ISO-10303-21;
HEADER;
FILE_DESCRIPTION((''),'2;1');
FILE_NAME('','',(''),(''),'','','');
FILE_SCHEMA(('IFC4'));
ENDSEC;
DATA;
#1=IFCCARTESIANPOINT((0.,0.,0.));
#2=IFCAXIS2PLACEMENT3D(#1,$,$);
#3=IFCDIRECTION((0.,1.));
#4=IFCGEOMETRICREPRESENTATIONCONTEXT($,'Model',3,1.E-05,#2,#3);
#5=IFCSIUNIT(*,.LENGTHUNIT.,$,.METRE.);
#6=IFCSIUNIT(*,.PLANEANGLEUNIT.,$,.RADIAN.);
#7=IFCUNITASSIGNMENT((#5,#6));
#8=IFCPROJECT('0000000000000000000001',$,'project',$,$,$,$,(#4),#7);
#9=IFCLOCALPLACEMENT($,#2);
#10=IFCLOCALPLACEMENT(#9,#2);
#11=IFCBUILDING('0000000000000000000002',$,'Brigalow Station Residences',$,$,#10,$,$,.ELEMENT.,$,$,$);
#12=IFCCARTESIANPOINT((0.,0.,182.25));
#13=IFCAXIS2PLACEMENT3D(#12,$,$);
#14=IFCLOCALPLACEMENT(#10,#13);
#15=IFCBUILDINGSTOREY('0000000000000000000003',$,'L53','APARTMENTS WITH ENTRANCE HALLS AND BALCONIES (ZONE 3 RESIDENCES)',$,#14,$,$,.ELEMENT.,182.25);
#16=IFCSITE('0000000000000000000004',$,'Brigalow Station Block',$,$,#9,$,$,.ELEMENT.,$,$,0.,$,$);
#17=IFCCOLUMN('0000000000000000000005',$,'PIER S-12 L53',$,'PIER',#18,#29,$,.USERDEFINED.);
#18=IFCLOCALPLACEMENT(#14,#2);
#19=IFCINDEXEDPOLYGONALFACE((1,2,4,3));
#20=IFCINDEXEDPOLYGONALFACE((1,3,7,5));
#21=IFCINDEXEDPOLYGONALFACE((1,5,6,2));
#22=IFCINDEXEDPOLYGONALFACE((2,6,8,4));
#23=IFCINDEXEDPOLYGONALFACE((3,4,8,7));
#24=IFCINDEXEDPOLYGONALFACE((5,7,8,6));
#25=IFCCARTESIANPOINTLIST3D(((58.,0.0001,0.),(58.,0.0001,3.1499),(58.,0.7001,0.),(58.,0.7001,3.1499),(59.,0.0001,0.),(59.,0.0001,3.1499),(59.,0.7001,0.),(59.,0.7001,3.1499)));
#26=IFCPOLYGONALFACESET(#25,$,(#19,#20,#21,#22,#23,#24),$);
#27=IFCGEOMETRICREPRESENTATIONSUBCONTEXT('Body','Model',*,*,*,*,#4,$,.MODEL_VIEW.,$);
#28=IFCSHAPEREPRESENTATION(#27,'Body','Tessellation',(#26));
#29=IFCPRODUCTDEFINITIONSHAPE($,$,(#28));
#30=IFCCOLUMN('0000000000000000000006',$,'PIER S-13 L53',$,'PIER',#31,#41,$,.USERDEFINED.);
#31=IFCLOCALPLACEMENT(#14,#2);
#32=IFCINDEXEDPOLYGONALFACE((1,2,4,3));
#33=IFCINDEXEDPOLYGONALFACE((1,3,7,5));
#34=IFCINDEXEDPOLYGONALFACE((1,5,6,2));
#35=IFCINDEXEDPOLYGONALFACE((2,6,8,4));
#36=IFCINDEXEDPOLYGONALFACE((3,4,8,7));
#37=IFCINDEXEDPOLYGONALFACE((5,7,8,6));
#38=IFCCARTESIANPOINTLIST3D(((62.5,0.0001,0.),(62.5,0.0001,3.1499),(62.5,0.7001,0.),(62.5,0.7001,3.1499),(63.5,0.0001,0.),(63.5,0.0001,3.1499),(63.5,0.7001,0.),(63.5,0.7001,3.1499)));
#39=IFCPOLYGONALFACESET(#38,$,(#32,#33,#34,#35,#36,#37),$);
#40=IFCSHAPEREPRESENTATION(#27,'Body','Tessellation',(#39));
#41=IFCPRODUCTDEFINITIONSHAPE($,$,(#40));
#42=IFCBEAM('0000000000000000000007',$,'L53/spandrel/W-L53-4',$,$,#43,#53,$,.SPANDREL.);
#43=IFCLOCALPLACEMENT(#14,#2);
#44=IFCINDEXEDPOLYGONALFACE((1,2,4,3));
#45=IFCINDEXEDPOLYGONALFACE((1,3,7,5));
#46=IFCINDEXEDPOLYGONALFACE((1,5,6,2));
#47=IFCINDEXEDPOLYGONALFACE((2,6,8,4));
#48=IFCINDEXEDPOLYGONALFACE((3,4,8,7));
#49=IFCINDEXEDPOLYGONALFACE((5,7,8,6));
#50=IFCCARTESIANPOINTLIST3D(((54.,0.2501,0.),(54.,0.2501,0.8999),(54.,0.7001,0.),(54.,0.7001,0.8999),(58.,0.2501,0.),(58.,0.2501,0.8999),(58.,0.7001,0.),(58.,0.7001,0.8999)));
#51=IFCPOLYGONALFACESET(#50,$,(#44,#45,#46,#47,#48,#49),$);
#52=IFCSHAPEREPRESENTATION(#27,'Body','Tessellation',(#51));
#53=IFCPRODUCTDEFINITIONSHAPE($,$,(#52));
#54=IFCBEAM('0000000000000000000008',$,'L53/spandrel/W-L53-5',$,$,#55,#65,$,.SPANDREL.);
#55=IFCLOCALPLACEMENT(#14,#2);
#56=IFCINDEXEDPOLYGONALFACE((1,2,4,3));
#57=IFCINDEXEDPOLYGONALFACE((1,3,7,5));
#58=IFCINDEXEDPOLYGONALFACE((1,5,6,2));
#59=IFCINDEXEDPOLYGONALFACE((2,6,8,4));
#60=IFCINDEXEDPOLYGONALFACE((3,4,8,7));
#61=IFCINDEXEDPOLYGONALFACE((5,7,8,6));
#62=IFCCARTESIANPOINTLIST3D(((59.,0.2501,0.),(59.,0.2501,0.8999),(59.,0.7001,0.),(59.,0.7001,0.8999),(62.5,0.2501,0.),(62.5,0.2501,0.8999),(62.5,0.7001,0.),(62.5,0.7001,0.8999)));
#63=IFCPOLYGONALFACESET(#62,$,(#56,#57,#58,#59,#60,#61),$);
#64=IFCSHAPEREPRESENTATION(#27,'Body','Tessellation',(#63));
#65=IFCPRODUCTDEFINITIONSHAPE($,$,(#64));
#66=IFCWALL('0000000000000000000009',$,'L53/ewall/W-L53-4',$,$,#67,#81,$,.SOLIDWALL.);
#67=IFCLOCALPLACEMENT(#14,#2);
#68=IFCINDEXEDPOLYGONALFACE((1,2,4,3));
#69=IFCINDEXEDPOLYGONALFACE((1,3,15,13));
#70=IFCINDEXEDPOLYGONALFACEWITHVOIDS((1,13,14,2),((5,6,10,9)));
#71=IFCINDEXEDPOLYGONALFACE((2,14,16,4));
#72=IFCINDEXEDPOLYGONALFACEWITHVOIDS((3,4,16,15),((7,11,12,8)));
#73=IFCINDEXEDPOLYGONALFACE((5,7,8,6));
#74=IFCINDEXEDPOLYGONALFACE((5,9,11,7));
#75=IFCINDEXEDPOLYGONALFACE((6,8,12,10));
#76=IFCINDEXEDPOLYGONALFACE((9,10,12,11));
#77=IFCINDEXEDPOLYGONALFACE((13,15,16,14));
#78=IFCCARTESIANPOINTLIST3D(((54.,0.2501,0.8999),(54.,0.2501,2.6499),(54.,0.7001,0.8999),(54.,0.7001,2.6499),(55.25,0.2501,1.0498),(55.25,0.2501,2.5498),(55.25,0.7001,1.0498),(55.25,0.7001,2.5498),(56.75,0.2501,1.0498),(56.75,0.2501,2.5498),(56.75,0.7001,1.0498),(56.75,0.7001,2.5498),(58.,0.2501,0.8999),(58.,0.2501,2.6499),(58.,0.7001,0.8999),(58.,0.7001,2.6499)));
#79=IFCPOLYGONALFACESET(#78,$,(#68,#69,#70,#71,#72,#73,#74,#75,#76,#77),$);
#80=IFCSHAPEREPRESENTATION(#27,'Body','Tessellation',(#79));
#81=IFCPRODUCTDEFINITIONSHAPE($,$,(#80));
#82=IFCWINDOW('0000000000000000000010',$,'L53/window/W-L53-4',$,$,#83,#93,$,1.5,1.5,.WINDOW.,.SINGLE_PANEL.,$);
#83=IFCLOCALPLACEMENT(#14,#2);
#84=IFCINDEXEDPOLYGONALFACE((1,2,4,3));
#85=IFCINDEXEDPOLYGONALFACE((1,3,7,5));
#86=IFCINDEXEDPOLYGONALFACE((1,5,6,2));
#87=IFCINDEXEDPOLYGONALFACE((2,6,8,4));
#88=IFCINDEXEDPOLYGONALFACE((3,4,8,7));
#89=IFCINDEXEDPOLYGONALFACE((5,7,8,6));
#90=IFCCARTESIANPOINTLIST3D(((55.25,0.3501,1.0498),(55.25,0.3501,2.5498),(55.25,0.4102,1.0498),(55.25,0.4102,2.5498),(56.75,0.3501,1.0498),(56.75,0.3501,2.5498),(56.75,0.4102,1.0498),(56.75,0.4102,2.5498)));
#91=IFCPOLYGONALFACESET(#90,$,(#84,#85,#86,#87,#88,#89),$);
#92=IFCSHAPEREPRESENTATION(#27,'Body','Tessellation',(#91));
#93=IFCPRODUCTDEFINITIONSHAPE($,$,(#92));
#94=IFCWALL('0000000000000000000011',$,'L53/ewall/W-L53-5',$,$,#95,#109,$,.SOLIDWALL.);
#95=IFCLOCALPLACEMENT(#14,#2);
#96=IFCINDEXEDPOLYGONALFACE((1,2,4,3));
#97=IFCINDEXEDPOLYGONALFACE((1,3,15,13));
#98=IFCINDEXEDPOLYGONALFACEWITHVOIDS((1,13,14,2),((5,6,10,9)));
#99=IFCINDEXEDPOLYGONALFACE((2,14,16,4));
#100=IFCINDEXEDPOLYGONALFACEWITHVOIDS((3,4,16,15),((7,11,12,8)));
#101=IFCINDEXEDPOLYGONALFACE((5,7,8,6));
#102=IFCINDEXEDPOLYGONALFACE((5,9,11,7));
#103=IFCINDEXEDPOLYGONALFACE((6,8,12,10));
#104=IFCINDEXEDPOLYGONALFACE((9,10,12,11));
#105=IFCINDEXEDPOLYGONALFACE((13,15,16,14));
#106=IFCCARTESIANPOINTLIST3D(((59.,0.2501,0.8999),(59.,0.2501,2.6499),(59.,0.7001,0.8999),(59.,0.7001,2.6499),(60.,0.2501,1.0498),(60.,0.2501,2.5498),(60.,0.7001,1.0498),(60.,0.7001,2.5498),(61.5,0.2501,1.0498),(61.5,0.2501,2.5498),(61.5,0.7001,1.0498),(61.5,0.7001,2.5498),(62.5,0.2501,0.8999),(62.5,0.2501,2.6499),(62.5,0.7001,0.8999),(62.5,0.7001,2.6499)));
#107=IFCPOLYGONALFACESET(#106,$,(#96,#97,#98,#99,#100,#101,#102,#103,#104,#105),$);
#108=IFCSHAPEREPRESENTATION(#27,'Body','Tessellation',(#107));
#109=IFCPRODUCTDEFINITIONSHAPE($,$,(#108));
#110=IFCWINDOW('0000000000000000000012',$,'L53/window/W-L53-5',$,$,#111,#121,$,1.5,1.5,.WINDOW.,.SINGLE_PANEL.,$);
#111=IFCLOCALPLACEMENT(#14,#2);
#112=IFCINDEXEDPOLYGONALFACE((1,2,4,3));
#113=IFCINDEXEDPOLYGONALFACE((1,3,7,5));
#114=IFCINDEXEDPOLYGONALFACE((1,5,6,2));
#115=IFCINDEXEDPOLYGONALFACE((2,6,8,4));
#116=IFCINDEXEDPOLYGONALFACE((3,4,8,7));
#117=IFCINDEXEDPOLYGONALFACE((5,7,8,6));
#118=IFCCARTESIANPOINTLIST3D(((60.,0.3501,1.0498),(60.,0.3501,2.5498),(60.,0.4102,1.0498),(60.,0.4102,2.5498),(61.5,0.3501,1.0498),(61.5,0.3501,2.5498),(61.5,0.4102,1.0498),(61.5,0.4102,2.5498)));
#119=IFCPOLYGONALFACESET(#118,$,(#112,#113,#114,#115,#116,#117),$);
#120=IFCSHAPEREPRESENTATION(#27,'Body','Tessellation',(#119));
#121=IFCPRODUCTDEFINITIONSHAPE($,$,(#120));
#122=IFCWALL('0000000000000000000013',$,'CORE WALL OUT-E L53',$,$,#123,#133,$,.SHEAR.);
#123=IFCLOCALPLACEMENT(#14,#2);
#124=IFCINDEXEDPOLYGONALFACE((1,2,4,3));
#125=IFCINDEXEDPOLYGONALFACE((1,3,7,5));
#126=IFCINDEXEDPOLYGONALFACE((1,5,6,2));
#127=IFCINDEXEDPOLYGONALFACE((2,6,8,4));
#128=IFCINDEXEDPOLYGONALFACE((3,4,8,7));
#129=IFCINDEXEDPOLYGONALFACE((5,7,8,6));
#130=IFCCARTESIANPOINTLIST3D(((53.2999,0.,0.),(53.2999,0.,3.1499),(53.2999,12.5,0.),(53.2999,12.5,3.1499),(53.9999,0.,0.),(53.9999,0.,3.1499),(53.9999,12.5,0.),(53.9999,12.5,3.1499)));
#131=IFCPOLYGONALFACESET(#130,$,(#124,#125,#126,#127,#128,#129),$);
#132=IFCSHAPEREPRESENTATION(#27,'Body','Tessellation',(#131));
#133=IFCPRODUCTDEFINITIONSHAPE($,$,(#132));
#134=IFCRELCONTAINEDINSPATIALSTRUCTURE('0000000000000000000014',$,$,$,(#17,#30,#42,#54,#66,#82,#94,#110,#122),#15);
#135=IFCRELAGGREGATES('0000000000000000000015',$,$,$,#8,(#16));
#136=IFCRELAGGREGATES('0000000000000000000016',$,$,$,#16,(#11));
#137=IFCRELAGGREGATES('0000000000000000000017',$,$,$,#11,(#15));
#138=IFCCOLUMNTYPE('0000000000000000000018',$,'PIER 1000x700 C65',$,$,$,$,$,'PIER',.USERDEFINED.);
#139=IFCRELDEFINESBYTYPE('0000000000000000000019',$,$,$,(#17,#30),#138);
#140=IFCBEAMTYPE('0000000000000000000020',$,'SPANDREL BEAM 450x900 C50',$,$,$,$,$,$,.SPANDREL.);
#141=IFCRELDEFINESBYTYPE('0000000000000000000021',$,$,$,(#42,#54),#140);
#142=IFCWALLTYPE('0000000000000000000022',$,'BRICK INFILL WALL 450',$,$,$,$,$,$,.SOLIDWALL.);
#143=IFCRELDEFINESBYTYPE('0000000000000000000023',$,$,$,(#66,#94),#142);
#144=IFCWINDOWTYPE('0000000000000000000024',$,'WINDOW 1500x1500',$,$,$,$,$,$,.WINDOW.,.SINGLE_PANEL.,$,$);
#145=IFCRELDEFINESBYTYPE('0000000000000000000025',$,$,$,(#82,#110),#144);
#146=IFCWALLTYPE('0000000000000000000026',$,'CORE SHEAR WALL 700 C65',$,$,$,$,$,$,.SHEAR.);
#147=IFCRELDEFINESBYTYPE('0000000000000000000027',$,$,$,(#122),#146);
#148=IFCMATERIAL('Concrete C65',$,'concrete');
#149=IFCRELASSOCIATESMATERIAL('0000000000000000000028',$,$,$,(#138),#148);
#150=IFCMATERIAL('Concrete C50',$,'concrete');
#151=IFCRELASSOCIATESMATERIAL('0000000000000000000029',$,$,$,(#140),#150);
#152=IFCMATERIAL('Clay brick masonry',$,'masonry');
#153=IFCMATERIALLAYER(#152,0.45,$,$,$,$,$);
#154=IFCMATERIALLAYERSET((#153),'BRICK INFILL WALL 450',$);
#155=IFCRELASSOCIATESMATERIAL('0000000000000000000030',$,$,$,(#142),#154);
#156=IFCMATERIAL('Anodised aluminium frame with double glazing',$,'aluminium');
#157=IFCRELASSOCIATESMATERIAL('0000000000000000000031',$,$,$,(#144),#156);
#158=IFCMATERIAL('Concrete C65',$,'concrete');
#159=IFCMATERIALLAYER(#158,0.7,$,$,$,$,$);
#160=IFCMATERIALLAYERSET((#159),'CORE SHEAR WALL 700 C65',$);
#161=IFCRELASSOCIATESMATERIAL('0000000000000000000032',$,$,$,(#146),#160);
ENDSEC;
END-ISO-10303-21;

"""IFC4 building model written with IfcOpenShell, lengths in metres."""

from ifc_helpers import new_model, si_unit, direction, frame, frame_2d, origin, origin_2d, place, context, subcontext, project, spatial, rectangle, extrude, material, layer, layer_set, material_profile, profile_set, type_object, element, fill, save


model = new_model("IFC4")

# Units and contexts
model_context = context("Model", 3, precision=1e-05, world=origin(), true_north=direction((0.0, 1.0)))
body_context = subcontext(model_context, "Body", "Model", "MODEL_VIEW")
ifc_project = project(units=[si_unit("LENGTHUNIT", "METRE"), si_unit("PLANEANGLEUNIT", "RADIAN")], contexts=[model_context])

# Site, building, storey
site_placement = place(None, origin())
site = spatial("IfcSite", under=ifc_project, at=site_placement, Name="Brigalow Station Block", CompositionType="ELEMENT", RefElevation=0.0)
building_placement = place(site_placement, origin())
building = spatial("IfcBuilding", under=site, at=building_placement, Name="Brigalow Station Residences", CompositionType="ELEMENT")
storey_placement = place(building_placement, frame((0.0, 0.0, 182.25)))
storey = spatial("IfcBuildingStorey", under=building, at=storey_placement, Name="L53", Description="APARTMENTS WITH ENTRANCE HALLS AND BALCONIES (ZONE 3 RESIDENCES)", CompositionType="ELEMENT", Elevation=182.25)

# Columns
ifc_material_1 = material(Name="Concrete C65", Category="concrete")
ifc_material_profile_1 = material_profile(ifc_material_1, rectangle(XDim=1.0, YDim=0.7, at=origin_2d()), Name="RC1000x700")
ifc_profile_set_1 = profile_set([ifc_material_profile_1], Name="Concrete C65")
column_type = type_object("IfcColumnType", Name="PIER 1000x700 C65", ElementType="PIER", PredefinedType="USERDEFINED", material=ifc_profile_set_1)
for number, where, z_axis, x_axis, name in (
    (1, (58.5, 0.3501, 0.0), (0.0, 0.0, 1.0), (1.0, 0.0, 0.0), "PIER S-12 L53"),
    (2, (63.0, 0.3501, 0.0), (0.0, 0.0, 1.0), (1.0, 0.0, 0.0), "PIER S-13 L53"),
):
    element("IfcColumn", number, at=place(storey_placement, frame(where, z_axis=z_axis, x_axis=x_axis)), inside=storey, type_object=column_type, Name=name, ObjectType="PIER", PredefinedType="USERDEFINED", context=body_context, shape_type="SweptSolid", body=[
        extrude(rectangle(XDim=1.0, YDim=0.7, at=origin_2d()), origin(), (0.0, 0.0, 1.0), 3.1499),
    ])

# Beams
ifc_material_2 = material(Name="Concrete C50", Category="concrete")
ifc_material_profile_2 = material_profile(ifc_material_2, rectangle(XDim=0.45, YDim=0.8999, at=origin_2d()), Name="RC450x900")
ifc_profile_set_2 = profile_set([ifc_material_profile_2], Name="Concrete C50")
beam_type = type_object("IfcBeamType", Name="SPANDREL BEAM 450x900 C50", PredefinedType="SPANDREL", material=ifc_profile_set_2)
beam_1_placement = place(storey_placement, frame((54.0, 0.4751, 0.45), z_axis=(1.0, 0.0, 0.0), x_axis=(0.0, 1.0, 0.0)))
element("IfcBeam", 3, at=beam_1_placement, inside=storey, type_object=beam_type, Name="L53/spandrel/W-L53-4", PredefinedType="SPANDREL", context=body_context, shape_type="SweptSolid", body=[
    extrude(rectangle(XDim=0.45, YDim=0.8999, at=origin_2d()), origin(), (0.0, 0.0, 1.0), 4.0),
])
beam_2_placement = place(storey_placement, frame((59.0, 0.4751, 0.45), z_axis=(1.0, 0.0, 0.0), x_axis=(0.0, 1.0, 0.0)))
element("IfcBeam", 4, at=beam_2_placement, inside=storey, type_object=beam_type, Name="L53/spandrel/W-L53-5", PredefinedType="SPANDREL", context=body_context, shape_type="SweptSolid", body=[
    extrude(rectangle(XDim=0.45, YDim=0.8999, at=origin_2d()), origin(), (0.0, 0.0, 1.0), 3.5),
])

# Walls, openings, windows
ifc_material_3 = material(Name="Clay brick masonry", Category="masonry")
ifc_layer_1 = layer(ifc_material_3, 0.45)
ifc_layer_set_1 = layer_set([ifc_layer_1], Name="BRICK INFILL WALL 450")
wall_type_1 = type_object("IfcWallType", Name="BRICK INFILL WALL 450", PredefinedType="SOLIDWALL", material=ifc_layer_set_1)
wall_1_placement = place(storey_placement, frame((54.0, 0.4751, 0.8999), z_axis=(0.0, 0.0, 1.0), x_axis=(1.0, 0.0, 0.0)))
wall_1 = element("IfcWall", 5, at=wall_1_placement, inside=storey, type_object=wall_type_1, Name="L53/ewall/W-L53-4", PredefinedType="SOLIDWALL", context=body_context, shape_type="SweptSolid", body=[
    extrude(rectangle(XDim=4.0, YDim=0.45, at=frame_2d((2.0, 0.0))), origin(), (0.0, 0.0, 1.0), 1.75),
])
opening_1_placement = place(wall_1_placement, frame((1.25, 0.0, 0.1499)))
opening_1 = element("IfcOpeningElement", 6, at=opening_1_placement, cuts=wall_1, PredefinedType="OPENING", context=body_context, shape_type="SweptSolid", body=[
    extrude(rectangle(XDim=1.5, YDim=1.5, at=frame_2d((0.75, 0.75))), frame((0.0, 0.2349, 0.0), z_axis=(0.0, -1.0, 0.0), x_axis=(1.0, 0.0, 0.0)), (0.0, 0.0, 1.0), 0.47),
])
ifc_material_4 = material(Name="Anodised aluminium frame with double glazing", Category="aluminium")
window_type = type_object("IfcWindowType", Name="WINDOW 1500x1500", PartitioningType="SINGLE_PANEL", PredefinedType="WINDOW", material=ifc_material_4)
window_1_placement = place(opening_1_placement, origin())
window_1 = element("IfcWindow", 7, at=window_1_placement, inside=storey, type_object=window_type, Name="L53/window/W-L53-4", OverallHeight=1.5, OverallWidth=1.5, PartitioningType="SINGLE_PANEL", PredefinedType="WINDOW", context=body_context, shape_type="SweptSolid", body=[
    extrude(rectangle(XDim=1.5, YDim=1.5, at=frame_2d((0.75, 0.75))), frame((0.0, -0.0649, 0.0), z_axis=(0.0, -1.0, 0.0), x_axis=(1.0, 0.0, 0.0)), (0.0, 0.0, 1.0), 0.0601),
])
fill(opening_1, window_1)
wall_2_placement = place(storey_placement, frame((59.0, 0.4751, 0.8999), z_axis=(0.0, 0.0, 1.0), x_axis=(1.0, 0.0, 0.0)))
wall_2 = element("IfcWall", 8, at=wall_2_placement, inside=storey, type_object=wall_type_1, Name="L53/ewall/W-L53-5", PredefinedType="SOLIDWALL", context=body_context, shape_type="SweptSolid", body=[
    extrude(rectangle(XDim=3.5, YDim=0.45, at=frame_2d((1.75, 0.0))), origin(), (0.0, 0.0, 1.0), 1.75),
])
opening_2_placement = place(wall_2_placement, frame((1.0, 0.0, 0.1499)))
opening_2 = element("IfcOpeningElement", 9, at=opening_2_placement, cuts=wall_2, PredefinedType="OPENING", context=body_context, shape_type="SweptSolid", body=[
    extrude(rectangle(XDim=1.5, YDim=1.5, at=frame_2d((0.75, 0.75))), frame((0.0, 0.2349, 0.0), z_axis=(0.0, -1.0, 0.0), x_axis=(1.0, 0.0, 0.0)), (0.0, 0.0, 1.0), 0.47),
])
window_2_placement = place(opening_2_placement, origin())
window_2 = element("IfcWindow", 10, at=window_2_placement, inside=storey, type_object=window_type, Name="L53/window/W-L53-5", OverallHeight=1.5, OverallWidth=1.5, PartitioningType="SINGLE_PANEL", PredefinedType="WINDOW", context=body_context, shape_type="SweptSolid", body=[
    extrude(rectangle(XDim=1.5, YDim=1.5, at=frame_2d((0.75, 0.75))), frame((0.0, -0.0649, 0.0), z_axis=(0.0, -1.0, 0.0), x_axis=(1.0, 0.0, 0.0)), (0.0, 0.0, 1.0), 0.0601),
])
fill(opening_2, window_2)

# Wall
ifc_material_5 = material(Name="Concrete C65", Category="concrete")
ifc_layer_2 = layer(ifc_material_5, 0.7)
ifc_layer_set_2 = layer_set([ifc_layer_2], Name="CORE SHEAR WALL 700 C65")
wall_type_2 = type_object("IfcWallType", Name="CORE SHEAR WALL 700 C65", PredefinedType="SHEAR", material=ifc_layer_set_2)
wall_3_placement = place(storey_placement, frame((53.6499, 0.0, 0.0), z_axis=(0.0, 0.0, 1.0), x_axis=(0.0, 1.0, 0.0)))
element("IfcWall", 11, at=wall_3_placement, inside=storey, type_object=wall_type_2, Name="CORE WALL OUT-E L53", PredefinedType="SHEAR", context=body_context, shape_type="SweptSolid", body=[
    extrude(rectangle(XDim=12.5, YDim=0.7, at=frame_2d((6.25, 0.0))), origin(), (0.0, 0.0, 1.0), 3.1499),
])

save(model, "model.ifc")
